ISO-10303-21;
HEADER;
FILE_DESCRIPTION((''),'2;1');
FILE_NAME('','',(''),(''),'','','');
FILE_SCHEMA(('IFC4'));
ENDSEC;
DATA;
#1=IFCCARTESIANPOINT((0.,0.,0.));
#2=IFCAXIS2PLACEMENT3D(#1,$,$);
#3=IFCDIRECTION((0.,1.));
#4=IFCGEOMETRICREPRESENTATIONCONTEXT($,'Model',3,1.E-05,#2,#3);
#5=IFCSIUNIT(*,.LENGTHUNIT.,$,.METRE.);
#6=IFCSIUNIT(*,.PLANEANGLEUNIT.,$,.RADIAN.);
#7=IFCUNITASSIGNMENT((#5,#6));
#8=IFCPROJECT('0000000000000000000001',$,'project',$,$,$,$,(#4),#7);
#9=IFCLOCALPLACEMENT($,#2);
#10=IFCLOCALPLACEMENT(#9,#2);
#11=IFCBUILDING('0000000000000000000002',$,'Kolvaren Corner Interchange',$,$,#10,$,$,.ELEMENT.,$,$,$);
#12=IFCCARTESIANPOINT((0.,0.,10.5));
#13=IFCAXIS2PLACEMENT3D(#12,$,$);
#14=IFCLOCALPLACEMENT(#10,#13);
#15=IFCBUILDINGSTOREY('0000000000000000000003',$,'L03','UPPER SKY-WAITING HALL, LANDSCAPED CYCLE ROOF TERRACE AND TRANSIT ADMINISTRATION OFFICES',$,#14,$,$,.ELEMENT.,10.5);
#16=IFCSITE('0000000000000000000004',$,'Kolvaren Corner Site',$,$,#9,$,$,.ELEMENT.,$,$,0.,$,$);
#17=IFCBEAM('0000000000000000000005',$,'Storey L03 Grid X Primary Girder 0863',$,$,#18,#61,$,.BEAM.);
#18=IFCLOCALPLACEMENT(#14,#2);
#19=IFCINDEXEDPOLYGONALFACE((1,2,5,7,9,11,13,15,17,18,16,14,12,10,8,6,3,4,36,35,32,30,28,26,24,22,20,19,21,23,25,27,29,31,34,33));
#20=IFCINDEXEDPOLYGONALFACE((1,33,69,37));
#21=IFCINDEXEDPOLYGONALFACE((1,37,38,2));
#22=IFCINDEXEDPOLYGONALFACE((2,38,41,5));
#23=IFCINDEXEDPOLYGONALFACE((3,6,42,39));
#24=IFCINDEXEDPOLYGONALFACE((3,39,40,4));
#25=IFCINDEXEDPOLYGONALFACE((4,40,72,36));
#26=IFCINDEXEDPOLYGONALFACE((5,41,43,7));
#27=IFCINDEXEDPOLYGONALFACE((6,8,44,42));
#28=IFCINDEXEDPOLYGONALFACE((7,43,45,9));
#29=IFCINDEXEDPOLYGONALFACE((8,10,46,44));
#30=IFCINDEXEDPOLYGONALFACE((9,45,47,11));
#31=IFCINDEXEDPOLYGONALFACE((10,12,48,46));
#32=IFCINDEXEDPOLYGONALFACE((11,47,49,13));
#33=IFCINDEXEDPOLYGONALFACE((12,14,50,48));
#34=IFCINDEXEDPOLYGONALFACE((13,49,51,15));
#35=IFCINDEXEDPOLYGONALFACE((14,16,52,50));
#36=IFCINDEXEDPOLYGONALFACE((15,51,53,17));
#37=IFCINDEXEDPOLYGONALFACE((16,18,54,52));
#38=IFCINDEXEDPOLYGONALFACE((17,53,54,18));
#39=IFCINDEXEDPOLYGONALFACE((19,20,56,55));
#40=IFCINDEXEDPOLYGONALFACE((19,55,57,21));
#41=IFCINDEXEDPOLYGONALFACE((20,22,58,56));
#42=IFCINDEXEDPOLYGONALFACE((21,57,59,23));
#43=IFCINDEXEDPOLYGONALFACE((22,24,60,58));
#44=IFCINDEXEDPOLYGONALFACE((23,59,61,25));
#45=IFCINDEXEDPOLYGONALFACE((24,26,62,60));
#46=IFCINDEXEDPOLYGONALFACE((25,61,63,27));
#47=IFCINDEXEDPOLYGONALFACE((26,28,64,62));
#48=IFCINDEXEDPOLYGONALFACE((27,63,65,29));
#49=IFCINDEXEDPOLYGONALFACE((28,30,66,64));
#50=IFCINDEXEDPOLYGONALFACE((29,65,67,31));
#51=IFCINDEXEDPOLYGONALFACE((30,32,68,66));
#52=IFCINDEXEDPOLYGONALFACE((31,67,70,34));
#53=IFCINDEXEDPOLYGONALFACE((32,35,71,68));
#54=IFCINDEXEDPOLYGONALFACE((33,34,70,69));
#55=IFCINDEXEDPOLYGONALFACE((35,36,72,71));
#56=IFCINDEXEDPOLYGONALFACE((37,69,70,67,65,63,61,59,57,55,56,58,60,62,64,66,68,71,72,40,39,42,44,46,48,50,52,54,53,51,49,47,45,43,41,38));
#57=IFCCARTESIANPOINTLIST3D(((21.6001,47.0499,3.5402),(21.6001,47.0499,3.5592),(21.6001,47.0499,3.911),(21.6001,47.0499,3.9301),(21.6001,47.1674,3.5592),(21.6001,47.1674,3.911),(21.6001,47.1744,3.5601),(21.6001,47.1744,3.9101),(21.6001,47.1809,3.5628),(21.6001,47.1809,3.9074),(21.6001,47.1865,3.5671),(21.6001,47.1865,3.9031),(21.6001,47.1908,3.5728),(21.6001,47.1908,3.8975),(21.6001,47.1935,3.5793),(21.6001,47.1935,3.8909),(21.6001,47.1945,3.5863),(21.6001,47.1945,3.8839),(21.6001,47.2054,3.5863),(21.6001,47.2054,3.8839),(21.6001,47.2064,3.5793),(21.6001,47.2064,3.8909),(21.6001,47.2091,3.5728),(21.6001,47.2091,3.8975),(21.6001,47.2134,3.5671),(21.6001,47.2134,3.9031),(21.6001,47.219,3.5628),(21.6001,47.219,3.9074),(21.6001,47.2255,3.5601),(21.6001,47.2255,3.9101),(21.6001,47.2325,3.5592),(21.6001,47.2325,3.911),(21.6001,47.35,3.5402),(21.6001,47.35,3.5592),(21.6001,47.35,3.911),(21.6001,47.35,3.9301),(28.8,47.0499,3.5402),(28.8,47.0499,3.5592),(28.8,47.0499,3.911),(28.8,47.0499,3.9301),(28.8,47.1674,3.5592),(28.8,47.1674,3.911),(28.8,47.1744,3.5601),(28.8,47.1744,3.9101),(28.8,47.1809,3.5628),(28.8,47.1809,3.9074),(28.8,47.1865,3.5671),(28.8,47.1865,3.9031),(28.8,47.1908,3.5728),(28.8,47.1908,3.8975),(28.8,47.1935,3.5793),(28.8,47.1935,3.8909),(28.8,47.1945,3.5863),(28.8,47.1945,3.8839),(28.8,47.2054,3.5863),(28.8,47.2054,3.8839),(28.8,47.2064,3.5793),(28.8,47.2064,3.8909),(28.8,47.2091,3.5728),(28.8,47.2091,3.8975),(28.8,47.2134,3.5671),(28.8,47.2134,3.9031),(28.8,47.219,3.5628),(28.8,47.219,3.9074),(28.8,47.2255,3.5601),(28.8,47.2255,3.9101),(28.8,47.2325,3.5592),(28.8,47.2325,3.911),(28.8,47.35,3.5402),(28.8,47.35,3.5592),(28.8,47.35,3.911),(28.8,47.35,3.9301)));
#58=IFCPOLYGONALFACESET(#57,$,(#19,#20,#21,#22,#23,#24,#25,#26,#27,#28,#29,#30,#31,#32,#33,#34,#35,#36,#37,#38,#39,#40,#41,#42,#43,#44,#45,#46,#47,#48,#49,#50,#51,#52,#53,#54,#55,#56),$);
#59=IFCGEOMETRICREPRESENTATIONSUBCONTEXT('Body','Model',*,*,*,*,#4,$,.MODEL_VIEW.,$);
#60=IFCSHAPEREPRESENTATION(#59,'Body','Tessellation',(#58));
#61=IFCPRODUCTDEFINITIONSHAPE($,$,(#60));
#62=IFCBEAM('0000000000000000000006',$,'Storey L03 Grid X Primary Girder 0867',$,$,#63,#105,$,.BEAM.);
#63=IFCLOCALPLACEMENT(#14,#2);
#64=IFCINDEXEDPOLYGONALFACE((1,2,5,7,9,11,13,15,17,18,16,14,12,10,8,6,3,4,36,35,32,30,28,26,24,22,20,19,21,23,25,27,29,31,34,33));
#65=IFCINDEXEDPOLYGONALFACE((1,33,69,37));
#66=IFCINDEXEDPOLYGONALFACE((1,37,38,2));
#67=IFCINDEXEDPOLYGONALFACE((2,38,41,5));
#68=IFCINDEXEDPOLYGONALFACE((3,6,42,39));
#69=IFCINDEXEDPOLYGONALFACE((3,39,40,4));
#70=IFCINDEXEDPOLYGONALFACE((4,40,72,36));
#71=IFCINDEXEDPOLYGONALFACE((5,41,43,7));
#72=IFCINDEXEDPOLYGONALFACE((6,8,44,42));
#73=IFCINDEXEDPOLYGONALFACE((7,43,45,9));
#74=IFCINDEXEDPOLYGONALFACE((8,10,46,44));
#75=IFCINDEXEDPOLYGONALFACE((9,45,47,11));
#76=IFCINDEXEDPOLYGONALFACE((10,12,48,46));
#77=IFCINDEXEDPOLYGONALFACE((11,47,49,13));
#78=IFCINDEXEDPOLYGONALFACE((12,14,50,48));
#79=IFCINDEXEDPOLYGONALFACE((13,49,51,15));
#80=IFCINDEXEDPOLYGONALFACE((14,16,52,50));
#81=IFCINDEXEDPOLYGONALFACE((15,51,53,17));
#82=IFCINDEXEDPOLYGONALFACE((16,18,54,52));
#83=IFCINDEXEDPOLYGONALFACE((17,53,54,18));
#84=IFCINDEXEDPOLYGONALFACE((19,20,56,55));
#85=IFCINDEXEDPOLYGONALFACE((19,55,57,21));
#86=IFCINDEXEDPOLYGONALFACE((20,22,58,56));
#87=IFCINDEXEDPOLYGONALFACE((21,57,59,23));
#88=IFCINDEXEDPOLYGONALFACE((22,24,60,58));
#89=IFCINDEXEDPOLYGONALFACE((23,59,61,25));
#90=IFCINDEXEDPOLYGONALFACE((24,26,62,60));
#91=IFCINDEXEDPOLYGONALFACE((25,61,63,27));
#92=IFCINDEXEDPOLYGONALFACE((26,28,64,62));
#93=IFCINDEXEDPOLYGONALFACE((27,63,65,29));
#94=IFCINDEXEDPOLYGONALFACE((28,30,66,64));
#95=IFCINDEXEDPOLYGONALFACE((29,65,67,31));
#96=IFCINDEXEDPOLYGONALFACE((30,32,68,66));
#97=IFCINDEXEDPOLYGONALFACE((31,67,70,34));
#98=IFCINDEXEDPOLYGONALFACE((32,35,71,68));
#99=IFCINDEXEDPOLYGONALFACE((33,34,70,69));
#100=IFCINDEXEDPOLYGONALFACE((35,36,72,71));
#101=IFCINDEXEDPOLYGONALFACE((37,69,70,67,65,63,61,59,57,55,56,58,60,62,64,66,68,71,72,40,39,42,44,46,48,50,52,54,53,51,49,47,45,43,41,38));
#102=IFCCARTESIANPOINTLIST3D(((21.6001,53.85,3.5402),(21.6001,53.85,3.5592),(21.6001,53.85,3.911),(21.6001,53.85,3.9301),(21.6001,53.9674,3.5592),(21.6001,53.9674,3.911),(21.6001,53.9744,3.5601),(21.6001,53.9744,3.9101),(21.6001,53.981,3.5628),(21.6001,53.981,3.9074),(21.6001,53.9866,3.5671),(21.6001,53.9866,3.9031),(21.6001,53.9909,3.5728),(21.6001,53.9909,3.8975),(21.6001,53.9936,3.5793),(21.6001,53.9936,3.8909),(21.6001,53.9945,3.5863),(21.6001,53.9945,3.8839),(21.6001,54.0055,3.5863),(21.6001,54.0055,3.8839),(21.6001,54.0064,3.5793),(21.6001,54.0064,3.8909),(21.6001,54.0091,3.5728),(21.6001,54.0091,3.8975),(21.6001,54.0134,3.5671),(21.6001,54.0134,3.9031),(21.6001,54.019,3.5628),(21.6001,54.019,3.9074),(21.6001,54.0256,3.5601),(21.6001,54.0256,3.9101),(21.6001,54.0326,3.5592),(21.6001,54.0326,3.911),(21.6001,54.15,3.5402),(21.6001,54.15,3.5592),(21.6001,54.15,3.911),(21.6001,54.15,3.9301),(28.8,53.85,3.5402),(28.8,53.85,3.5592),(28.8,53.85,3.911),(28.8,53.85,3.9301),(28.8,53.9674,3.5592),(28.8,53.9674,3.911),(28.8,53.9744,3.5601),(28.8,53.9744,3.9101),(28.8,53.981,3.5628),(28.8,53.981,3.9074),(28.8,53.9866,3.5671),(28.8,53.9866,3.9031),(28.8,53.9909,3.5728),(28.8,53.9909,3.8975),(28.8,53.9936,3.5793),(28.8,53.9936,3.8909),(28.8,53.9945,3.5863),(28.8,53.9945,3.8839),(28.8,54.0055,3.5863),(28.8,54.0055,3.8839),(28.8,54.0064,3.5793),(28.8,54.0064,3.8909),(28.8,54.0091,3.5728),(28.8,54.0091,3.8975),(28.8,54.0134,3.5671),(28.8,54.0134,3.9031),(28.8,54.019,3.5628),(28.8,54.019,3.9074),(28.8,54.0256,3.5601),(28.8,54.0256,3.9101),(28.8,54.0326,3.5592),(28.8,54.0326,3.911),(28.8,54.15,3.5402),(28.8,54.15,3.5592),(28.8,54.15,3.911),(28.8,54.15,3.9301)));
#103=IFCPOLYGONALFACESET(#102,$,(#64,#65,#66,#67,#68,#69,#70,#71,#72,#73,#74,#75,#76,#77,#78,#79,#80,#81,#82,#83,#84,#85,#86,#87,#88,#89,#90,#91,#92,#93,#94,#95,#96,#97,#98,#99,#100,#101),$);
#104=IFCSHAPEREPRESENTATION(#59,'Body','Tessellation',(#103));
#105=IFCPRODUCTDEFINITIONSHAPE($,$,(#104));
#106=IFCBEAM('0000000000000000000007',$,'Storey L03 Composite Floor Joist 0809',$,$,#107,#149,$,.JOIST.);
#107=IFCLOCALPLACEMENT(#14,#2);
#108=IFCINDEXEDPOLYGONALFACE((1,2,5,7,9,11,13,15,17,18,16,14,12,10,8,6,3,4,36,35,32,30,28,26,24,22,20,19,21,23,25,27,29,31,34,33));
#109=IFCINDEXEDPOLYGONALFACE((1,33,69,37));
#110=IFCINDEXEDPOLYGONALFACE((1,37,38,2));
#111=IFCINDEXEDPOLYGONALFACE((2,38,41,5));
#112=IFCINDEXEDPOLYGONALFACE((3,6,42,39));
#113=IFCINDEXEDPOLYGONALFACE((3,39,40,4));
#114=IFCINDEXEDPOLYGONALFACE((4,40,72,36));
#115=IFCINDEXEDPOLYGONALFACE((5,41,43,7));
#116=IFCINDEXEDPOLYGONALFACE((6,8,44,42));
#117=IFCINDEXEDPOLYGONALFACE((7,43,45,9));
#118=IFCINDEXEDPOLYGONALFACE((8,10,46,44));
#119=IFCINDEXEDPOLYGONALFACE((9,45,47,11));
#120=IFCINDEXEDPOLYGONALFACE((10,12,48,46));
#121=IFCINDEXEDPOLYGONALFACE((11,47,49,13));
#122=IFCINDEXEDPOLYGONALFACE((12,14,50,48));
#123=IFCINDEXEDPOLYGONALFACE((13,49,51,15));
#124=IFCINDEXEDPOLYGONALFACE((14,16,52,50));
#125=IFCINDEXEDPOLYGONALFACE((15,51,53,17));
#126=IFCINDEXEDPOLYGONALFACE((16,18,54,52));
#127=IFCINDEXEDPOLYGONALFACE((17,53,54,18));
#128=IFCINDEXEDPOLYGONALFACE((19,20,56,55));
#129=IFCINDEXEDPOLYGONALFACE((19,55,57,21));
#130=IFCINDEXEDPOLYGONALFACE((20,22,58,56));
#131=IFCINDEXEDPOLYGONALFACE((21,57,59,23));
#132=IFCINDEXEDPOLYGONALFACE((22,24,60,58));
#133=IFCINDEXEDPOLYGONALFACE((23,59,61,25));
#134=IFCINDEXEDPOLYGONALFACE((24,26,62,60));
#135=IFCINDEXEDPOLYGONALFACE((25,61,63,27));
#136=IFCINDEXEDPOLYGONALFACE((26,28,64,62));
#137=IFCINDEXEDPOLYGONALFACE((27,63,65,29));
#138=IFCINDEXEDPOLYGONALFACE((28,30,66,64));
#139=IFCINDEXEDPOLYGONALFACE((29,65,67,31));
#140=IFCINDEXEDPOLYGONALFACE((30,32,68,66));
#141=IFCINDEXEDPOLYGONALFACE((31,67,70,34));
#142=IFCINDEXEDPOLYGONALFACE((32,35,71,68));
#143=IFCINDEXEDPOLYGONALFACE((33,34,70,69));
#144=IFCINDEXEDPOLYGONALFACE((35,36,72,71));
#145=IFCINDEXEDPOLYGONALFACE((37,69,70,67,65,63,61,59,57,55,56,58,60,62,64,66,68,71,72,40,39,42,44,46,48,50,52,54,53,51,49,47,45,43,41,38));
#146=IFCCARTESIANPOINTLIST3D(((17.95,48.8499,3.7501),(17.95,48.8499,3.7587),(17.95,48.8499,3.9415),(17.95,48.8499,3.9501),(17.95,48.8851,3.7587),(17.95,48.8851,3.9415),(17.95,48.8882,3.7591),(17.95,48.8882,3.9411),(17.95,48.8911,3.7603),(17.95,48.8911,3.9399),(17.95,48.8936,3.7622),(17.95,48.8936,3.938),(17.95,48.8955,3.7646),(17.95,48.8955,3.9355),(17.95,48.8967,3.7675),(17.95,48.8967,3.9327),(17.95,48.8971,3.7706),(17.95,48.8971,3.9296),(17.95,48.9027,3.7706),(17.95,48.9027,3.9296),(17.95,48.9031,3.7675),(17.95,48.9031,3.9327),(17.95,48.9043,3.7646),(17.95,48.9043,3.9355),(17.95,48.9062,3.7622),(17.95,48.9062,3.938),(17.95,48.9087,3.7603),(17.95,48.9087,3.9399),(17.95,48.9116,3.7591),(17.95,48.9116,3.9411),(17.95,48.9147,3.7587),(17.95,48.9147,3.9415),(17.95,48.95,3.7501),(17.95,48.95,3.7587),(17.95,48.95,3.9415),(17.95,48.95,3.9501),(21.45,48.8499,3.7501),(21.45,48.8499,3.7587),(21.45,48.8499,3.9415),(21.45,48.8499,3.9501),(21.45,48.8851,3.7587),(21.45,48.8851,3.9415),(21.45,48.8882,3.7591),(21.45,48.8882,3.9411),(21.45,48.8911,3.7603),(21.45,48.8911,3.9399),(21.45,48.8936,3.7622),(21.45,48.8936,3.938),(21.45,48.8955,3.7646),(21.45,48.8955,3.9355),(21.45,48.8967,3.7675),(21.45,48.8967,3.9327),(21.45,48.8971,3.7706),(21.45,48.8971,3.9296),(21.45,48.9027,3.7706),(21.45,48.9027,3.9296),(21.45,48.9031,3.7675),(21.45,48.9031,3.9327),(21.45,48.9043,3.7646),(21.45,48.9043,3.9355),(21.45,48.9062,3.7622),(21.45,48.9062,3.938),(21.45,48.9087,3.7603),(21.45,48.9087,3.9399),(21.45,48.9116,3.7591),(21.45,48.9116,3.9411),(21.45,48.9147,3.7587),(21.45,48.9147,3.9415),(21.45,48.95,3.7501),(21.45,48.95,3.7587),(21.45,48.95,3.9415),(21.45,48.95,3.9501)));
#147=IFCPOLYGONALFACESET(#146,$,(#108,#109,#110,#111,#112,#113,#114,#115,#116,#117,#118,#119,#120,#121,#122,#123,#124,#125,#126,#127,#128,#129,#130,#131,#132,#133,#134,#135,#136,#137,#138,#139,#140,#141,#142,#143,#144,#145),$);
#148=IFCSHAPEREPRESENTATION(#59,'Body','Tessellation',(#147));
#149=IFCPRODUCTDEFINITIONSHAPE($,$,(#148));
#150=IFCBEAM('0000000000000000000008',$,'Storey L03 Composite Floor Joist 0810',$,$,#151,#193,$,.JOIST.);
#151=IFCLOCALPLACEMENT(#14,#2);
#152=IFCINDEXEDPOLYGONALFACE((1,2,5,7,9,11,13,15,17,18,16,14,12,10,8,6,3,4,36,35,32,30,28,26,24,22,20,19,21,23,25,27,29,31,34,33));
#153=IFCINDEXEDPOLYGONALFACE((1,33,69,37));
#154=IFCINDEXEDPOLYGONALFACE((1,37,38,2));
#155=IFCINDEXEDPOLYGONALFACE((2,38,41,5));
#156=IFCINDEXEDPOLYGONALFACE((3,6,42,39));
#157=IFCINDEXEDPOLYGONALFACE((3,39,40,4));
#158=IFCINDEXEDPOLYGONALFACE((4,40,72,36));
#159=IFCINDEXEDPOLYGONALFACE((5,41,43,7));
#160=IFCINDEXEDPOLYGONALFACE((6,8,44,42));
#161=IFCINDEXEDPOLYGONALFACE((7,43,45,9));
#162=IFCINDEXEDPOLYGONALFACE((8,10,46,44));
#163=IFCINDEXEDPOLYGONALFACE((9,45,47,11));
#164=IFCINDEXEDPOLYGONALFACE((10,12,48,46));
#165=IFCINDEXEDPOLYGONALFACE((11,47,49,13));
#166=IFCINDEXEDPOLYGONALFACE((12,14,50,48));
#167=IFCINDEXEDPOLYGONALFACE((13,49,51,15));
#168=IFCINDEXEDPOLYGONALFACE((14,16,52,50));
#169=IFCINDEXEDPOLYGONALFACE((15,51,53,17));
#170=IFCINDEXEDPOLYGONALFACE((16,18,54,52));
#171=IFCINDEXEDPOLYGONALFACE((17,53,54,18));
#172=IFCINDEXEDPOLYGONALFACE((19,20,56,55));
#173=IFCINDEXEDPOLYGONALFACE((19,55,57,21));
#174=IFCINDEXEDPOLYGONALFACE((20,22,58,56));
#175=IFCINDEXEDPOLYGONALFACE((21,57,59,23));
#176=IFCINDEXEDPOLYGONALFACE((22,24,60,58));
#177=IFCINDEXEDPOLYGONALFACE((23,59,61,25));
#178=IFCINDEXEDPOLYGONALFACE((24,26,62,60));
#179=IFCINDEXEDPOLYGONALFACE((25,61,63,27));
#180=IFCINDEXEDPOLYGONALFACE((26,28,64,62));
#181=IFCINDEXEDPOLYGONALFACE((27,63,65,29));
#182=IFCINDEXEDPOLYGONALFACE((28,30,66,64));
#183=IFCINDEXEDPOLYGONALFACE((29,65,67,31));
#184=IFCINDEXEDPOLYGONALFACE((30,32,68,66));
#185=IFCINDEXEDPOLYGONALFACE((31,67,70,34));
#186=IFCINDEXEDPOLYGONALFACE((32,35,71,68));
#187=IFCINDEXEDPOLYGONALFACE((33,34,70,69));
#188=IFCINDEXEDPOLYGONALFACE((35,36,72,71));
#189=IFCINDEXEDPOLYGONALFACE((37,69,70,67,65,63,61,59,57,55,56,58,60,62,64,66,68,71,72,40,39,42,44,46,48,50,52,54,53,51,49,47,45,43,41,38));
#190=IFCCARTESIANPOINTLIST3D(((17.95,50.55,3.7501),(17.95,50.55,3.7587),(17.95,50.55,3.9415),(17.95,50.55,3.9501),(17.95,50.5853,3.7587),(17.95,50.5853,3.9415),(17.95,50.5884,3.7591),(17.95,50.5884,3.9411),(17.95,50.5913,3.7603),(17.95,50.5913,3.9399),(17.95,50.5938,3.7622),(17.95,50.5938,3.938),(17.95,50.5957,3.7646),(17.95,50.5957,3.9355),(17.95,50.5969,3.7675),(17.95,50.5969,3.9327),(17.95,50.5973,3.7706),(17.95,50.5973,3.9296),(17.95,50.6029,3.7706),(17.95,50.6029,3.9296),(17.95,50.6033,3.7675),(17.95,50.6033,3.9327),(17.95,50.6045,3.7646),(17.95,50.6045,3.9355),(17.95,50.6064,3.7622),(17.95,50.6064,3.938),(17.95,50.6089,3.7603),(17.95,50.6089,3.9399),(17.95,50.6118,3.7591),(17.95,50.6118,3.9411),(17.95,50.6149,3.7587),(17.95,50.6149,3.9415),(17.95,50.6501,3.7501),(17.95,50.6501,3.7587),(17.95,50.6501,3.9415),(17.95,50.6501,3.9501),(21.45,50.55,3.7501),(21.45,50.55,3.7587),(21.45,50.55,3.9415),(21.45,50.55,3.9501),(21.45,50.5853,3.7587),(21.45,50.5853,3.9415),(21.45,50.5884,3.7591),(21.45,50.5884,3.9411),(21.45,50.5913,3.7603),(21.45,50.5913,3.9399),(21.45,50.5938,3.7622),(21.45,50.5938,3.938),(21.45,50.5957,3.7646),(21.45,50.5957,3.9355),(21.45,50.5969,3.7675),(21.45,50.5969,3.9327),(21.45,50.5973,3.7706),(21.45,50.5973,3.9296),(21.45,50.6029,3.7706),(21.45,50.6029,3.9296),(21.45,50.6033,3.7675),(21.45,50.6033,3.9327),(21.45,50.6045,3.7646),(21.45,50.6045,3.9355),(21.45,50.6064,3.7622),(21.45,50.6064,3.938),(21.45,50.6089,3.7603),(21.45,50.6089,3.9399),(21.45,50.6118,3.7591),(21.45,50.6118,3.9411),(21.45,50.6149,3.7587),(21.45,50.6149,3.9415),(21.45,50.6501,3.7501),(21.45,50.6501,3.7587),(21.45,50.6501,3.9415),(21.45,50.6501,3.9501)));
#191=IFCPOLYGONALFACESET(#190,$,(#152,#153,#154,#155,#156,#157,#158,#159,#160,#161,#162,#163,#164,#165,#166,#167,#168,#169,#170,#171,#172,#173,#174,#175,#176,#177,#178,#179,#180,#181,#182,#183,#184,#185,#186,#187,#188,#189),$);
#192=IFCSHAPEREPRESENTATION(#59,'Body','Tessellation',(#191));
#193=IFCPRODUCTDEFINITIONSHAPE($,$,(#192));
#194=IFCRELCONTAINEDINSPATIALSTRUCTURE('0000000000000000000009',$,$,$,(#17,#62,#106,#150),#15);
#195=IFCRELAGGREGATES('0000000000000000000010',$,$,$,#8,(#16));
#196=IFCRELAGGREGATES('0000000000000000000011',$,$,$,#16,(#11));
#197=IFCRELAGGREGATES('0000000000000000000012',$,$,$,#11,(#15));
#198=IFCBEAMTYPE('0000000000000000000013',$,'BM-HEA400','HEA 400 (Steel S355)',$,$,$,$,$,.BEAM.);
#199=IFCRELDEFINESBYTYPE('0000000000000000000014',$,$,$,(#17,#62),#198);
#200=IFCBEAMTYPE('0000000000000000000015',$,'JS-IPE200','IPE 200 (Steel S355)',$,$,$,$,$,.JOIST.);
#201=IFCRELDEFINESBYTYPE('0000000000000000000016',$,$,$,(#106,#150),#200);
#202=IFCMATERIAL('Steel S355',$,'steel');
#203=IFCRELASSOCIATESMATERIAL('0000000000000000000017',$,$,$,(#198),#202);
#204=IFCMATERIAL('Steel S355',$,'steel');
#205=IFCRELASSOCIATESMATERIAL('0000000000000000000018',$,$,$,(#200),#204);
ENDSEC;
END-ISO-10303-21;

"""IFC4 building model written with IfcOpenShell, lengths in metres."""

from ifc_helpers import new_model, si_unit, direction, frame, origin, origin_2d, place, context, subcontext, project, spatial, i_section, extrude, material, material_profile, profile_set, type_object, element, save


model = new_model("IFC4")

# Units and contexts
model_context = context("Model", 3, precision=1e-05, world=origin(), true_north=direction((0.0, 1.0)))
body_context = subcontext(model_context, "Body", "Model", "MODEL_VIEW")
ifc_project = project(units=[si_unit("LENGTHUNIT", "METRE"), si_unit("PLANEANGLEUNIT", "RADIAN")], contexts=[model_context])

# Site, building, storey
site_placement = place(None, origin())
site = spatial("IfcSite", under=ifc_project, at=site_placement, Name="Kolvaren Corner Site", CompositionType="ELEMENT", RefElevation=0.0)
building_placement = place(site_placement, origin())
building = spatial("IfcBuilding", under=site, at=building_placement, Name="Kolvaren Corner Interchange", CompositionType="ELEMENT")
storey_placement = place(building_placement, frame((0.0, 0.0, 10.5)))
storey = spatial("IfcBuildingStorey", under=building, at=storey_placement, Name="L03", Description="UPPER SKY-WAITING HALL, LANDSCAPED CYCLE ROOF TERRACE AND TRANSIT ADMINISTRATION OFFICES", CompositionType="ELEMENT", Elevation=10.5)

# Beams
ifc_material_1 = material(Name="Steel S355", Category="steel")
ifc_material_profile_1 = material_profile(ifc_material_1, i_section(OverallWidth=0.3, OverallDepth=0.3899, WebThickness=0.011, FlangeThickness=0.019, FilletRadius=0.0271, at=origin_2d()), Name="HEA 400")
ifc_profile_set_1 = profile_set([ifc_material_profile_1], Name="Steel S355")
beam_type_1 = type_object("IfcBeamType", Name="BM-HEA400", Description="HEA 400 (Steel S355)", PredefinedType="BEAM", material=ifc_profile_set_1)
for number, where, z_axis, x_axis, name in (
    (1, (21.6001, 47.2, 3.7351), (1.0, 0.0, 0.0), (0.0, 1.0, 0.0), "Storey L03 Grid X Primary Girder 0863"),
    (2, (21.6001, 54.0, 3.7351), (1.0, 0.0, 0.0), (0.0, 1.0, 0.0), "Storey L03 Grid X Primary Girder 0867"),
):
    element("IfcBeam", number, at=place(storey_placement, frame(where, z_axis=z_axis, x_axis=x_axis)), inside=storey, type_object=beam_type_1, Name=name, PredefinedType="BEAM", context=body_context, shape_type="SweptSolid", body=[
        extrude(i_section(OverallWidth=0.3, OverallDepth=0.3899, WebThickness=0.011, FlangeThickness=0.019, FilletRadius=0.0271, at=origin_2d()), origin(), (0.0, 0.0, 1.0), 7.2),
    ])
ifc_material_2 = material(Name="Steel S355", Category="steel")
ifc_material_profile_2 = material_profile(ifc_material_2, i_section(OverallWidth=0.1001, OverallDepth=0.2, WebThickness=0.0056, FlangeThickness=0.0085, FilletRadius=0.012, at=origin_2d()), Name="IPE 200")
ifc_profile_set_2 = profile_set([ifc_material_profile_2], Name="Steel S355")
beam_type_2 = type_object("IfcBeamType", Name="JS-IPE200", Description="IPE 200 (Steel S355)", PredefinedType="JOIST", material=ifc_profile_set_2)
for number, where, z_axis, x_axis, name in (
    (3, (17.95, 48.8999, 3.8501), (1.0, 0.0, 0.0), (0.0, 1.0, 0.0), "Storey L03 Composite Floor Joist 0809"),
    (4, (17.95, 50.6001, 3.8501), (1.0, 0.0, 0.0), (0.0, 1.0, 0.0), "Storey L03 Composite Floor Joist 0810"),
):
    element("IfcBeam", number, at=place(storey_placement, frame(where, z_axis=z_axis, x_axis=x_axis)), inside=storey, type_object=beam_type_2, Name=name, PredefinedType="JOIST", context=body_context, shape_type="SweptSolid", body=[
        extrude(i_section(OverallWidth=0.1001, OverallDepth=0.2, WebThickness=0.0056, FlangeThickness=0.0085, FilletRadius=0.012, at=origin_2d()), origin(), (0.0, 0.0, 1.0), 3.5),
    ])

save(model, "model.ifc")
